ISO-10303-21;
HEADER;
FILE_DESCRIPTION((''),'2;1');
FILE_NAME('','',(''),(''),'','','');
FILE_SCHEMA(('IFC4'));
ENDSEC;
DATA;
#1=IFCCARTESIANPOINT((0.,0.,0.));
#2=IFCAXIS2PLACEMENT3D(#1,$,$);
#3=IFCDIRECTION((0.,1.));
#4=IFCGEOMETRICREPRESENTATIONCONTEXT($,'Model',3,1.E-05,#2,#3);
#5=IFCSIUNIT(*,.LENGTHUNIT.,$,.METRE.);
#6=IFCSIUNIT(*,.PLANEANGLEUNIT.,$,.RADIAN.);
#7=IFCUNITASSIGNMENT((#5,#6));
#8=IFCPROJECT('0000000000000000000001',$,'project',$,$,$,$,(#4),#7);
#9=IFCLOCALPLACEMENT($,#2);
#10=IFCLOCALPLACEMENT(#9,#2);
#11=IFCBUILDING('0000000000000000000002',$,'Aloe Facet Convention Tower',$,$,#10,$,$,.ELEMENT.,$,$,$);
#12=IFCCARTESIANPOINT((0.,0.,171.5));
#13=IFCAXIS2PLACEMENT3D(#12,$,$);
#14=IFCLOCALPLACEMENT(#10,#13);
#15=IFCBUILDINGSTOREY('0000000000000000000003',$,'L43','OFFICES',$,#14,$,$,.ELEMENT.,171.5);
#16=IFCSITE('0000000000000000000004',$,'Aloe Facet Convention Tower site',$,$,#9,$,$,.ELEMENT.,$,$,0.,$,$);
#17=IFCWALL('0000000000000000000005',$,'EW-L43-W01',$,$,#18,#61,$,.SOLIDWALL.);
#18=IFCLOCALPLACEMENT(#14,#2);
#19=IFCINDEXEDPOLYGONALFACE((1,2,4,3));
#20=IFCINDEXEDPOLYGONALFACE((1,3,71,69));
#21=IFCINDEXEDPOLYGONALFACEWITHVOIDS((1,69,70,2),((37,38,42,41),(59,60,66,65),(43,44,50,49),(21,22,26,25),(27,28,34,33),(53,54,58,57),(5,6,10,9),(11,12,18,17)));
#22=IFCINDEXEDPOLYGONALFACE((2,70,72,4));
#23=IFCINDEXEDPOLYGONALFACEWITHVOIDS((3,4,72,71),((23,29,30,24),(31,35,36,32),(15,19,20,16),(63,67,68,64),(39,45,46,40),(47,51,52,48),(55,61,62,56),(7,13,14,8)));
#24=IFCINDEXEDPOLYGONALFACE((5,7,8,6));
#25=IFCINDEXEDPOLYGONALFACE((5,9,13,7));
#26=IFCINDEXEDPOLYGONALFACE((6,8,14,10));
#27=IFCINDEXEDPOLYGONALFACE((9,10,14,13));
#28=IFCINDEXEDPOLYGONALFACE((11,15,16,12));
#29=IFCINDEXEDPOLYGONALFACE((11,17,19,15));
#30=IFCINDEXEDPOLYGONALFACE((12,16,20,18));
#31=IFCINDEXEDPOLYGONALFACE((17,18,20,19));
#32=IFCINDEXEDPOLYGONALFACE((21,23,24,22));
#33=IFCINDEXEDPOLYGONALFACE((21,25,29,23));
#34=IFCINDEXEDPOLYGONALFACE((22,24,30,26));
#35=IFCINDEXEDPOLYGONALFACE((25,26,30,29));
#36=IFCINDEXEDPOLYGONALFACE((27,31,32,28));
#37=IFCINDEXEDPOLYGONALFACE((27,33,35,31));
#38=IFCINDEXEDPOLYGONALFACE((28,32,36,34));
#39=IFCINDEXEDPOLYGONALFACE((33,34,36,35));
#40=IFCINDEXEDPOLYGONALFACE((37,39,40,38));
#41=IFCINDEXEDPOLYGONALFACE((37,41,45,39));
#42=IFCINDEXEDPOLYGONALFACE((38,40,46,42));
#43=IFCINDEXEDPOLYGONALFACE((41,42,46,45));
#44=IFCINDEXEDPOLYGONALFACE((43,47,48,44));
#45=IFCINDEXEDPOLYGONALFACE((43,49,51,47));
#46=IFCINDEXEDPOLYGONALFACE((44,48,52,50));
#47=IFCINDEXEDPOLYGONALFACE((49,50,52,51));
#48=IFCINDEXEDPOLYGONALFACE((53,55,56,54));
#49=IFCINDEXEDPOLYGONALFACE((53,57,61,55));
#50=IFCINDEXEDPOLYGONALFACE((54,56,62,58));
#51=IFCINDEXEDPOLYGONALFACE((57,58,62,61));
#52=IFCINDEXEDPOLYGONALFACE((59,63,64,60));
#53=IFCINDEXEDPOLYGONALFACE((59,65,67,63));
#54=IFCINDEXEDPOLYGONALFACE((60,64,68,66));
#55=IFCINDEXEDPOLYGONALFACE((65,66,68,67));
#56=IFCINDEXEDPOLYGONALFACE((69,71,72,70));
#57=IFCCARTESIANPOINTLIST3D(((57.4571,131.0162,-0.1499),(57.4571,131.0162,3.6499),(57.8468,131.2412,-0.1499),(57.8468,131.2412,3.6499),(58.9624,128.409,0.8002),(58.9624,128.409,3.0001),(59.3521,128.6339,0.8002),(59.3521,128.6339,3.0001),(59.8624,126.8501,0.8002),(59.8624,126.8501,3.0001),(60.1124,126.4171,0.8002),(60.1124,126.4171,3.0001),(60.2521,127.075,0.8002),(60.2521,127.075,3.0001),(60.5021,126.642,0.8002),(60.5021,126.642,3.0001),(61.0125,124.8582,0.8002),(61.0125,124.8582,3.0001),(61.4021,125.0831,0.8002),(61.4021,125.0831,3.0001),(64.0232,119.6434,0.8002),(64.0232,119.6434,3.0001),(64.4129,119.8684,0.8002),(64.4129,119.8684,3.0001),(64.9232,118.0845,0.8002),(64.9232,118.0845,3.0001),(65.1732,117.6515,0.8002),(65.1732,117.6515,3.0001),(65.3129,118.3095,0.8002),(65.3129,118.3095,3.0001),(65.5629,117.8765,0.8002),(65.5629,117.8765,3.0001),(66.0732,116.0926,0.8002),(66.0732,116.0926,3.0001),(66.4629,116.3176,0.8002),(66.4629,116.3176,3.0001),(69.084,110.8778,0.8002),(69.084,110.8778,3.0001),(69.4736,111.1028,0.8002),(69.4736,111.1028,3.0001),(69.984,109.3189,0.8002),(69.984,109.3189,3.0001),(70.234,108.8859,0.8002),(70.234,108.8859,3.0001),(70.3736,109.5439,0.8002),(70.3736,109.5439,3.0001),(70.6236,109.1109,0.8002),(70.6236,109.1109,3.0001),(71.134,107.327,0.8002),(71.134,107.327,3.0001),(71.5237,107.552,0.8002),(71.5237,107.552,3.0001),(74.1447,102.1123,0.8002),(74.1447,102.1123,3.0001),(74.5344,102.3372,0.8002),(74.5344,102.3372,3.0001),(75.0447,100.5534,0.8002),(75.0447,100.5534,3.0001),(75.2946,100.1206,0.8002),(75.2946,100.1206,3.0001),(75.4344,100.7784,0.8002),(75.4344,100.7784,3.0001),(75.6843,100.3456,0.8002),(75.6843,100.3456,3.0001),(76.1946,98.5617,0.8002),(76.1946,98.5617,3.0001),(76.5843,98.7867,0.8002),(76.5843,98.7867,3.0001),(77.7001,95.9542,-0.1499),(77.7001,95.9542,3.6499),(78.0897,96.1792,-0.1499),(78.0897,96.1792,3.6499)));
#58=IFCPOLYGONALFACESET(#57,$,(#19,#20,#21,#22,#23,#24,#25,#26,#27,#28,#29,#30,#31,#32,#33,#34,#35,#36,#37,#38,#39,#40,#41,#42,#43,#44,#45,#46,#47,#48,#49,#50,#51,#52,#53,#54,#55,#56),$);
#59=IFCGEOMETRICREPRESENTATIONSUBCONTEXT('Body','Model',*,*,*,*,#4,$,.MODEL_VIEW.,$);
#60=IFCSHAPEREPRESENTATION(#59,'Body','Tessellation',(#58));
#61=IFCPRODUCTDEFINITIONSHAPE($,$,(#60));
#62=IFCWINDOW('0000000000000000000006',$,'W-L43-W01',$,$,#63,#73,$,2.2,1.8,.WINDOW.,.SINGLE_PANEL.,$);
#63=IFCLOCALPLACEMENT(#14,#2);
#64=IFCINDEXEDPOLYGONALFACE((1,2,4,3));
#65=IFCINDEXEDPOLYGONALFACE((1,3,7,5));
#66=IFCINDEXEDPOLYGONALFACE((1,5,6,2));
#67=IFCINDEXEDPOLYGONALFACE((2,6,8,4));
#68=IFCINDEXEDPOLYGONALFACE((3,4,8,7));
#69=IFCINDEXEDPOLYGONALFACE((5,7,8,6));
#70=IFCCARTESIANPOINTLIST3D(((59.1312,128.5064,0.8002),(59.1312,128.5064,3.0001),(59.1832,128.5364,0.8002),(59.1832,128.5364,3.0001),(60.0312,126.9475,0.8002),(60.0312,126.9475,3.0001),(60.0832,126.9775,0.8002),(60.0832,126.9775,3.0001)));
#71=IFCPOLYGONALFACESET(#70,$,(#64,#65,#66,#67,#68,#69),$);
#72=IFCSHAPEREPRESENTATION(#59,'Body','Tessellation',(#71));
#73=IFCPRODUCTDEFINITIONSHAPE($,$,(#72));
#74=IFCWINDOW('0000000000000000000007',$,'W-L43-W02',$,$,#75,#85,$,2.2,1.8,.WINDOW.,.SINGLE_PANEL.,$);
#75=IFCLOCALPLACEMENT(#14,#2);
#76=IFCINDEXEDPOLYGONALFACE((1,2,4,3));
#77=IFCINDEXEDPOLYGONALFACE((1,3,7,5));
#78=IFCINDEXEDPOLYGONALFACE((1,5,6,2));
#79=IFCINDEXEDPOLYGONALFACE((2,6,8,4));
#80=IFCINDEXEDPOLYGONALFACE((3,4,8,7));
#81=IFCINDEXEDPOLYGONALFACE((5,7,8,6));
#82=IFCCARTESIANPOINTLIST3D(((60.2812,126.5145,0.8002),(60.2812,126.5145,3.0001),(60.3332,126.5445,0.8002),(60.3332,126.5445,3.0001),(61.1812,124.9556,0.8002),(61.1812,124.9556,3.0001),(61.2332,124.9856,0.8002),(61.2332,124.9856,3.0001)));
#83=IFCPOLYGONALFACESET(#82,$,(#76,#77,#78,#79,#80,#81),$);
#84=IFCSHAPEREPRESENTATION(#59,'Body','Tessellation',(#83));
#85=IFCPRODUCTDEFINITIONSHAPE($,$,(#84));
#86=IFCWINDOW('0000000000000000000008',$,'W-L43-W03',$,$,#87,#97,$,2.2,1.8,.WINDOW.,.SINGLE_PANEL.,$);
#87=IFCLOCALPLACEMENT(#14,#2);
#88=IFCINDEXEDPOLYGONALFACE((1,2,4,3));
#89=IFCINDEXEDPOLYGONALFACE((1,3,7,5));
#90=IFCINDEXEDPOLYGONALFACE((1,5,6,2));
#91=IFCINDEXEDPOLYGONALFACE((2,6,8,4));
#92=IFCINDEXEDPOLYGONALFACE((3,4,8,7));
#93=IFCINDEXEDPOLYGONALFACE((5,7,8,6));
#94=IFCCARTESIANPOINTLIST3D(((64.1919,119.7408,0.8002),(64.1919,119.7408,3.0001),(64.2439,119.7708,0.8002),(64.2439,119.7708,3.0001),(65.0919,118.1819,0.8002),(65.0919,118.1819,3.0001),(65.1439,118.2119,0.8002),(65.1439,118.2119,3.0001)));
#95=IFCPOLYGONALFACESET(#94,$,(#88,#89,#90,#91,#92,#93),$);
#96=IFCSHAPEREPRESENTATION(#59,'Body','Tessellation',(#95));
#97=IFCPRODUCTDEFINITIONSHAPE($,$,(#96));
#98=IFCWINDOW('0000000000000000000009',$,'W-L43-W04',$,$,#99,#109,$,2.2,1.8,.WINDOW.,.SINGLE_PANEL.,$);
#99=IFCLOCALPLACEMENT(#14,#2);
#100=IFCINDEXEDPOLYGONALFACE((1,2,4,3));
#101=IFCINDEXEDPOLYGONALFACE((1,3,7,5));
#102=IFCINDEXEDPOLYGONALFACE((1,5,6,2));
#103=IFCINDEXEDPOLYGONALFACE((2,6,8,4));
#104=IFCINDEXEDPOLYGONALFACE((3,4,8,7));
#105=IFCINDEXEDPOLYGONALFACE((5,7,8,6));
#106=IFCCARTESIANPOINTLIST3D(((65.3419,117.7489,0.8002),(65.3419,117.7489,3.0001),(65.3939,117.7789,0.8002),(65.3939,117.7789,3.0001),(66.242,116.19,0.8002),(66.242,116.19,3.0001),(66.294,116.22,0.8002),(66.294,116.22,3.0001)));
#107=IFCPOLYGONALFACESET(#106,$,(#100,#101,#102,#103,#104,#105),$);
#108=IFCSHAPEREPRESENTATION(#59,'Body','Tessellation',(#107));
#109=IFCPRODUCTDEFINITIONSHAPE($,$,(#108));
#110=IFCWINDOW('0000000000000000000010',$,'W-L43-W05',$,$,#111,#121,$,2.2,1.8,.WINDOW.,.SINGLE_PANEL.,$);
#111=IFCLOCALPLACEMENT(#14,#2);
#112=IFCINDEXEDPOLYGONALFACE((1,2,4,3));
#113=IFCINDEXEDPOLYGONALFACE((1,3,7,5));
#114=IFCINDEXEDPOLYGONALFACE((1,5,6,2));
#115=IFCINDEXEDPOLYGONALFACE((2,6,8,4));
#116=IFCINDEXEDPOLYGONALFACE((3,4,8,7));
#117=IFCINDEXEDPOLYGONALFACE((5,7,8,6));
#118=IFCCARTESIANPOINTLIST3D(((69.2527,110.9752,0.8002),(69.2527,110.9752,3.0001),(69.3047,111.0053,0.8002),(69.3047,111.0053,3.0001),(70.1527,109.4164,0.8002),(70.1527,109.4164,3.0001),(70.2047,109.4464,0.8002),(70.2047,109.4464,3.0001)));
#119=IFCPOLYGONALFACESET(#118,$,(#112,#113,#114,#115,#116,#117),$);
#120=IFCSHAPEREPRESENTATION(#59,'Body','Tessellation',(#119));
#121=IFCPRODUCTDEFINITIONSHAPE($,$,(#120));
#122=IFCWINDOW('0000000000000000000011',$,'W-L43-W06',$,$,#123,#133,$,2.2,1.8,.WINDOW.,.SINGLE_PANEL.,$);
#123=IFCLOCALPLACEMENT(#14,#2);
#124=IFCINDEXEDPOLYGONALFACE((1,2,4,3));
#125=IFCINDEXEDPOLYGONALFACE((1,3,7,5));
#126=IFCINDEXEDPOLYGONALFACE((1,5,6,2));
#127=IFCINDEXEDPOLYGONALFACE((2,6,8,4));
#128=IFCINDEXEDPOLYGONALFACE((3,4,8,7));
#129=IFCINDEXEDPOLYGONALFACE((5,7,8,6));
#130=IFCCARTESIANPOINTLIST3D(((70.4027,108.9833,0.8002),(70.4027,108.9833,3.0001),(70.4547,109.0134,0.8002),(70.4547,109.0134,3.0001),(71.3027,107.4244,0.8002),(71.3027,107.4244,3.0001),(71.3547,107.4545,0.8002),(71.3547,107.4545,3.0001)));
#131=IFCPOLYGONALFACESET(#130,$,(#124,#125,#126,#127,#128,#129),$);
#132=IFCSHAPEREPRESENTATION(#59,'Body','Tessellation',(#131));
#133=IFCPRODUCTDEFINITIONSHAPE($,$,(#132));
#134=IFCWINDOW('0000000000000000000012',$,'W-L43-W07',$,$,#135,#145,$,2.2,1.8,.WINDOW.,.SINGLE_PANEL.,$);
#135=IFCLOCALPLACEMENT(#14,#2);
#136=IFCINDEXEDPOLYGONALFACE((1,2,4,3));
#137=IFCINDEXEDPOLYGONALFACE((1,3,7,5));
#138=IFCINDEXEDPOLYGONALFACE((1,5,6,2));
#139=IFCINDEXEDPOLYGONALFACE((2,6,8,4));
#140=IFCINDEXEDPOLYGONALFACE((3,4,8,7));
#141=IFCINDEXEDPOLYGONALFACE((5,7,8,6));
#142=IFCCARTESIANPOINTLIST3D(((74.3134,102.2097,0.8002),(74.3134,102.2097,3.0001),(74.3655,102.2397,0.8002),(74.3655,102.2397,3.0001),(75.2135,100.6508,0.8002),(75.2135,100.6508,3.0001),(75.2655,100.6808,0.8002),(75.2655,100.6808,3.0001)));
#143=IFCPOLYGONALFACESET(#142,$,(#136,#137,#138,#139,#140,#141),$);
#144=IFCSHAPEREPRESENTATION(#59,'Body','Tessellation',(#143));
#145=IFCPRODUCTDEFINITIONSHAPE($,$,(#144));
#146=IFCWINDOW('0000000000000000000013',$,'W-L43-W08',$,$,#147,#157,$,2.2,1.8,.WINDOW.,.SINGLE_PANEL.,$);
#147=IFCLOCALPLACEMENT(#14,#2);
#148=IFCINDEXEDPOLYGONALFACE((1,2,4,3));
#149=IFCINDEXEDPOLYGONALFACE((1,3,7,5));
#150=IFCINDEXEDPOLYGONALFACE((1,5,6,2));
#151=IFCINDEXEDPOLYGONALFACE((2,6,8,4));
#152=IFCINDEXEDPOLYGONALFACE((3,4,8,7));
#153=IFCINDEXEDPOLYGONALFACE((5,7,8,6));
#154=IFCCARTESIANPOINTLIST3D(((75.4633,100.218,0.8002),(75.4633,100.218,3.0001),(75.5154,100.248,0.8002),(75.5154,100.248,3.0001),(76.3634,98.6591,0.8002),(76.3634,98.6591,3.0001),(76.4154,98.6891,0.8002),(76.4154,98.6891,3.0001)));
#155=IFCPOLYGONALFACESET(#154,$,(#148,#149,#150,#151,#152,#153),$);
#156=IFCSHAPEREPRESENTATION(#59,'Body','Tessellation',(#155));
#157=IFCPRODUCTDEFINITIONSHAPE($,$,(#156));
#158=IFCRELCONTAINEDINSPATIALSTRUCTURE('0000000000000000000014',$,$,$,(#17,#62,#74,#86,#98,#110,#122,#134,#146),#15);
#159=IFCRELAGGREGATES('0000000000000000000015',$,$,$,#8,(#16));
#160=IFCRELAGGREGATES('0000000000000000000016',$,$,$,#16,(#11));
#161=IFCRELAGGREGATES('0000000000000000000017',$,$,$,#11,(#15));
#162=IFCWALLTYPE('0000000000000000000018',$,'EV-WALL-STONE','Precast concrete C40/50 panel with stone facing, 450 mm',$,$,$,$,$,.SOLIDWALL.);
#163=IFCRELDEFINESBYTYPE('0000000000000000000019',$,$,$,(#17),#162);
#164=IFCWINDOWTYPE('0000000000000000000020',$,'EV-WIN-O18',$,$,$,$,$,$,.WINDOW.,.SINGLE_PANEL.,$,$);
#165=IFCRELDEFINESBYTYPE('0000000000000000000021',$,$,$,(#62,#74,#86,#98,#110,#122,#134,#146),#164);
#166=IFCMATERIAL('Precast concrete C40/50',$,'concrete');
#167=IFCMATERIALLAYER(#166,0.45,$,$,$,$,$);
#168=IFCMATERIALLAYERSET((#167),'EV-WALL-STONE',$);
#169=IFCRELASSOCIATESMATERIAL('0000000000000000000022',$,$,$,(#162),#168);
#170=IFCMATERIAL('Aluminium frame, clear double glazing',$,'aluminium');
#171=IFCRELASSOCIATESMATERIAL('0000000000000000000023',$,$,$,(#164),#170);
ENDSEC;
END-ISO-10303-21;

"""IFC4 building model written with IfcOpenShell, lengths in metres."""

from ifc_helpers import new_model, si_unit, direction, frame, frame_2d, origin, place, context, subcontext, project, spatial, polyline, rectangle, outline, extrude, material, layer, layer_set, type_object, element, fill, save


model = new_model("IFC4")

# Units and contexts
model_context = context("Model", 3, precision=1e-05, world=origin(), true_north=direction((0.0, 1.0)))
body_context = subcontext(model_context, "Body", "Model", "MODEL_VIEW")
ifc_project = project(units=[si_unit("LENGTHUNIT", "METRE"), si_unit("PLANEANGLEUNIT", "RADIAN")], contexts=[model_context])

# Site, building, storey
site_placement = place(None, origin())
site = spatial("IfcSite", under=ifc_project, at=site_placement, Name="Aloe Facet Convention Tower site", CompositionType="ELEMENT", RefElevation=0.0)
building_placement = place(site_placement, origin())
building = spatial("IfcBuilding", under=site, at=building_placement, Name="Aloe Facet Convention Tower", CompositionType="ELEMENT")
storey_placement = place(building_placement, frame((0.0, 0.0, 171.5)))
storey = spatial("IfcBuildingStorey", under=building, at=storey_placement, Name="L43", Description="OFFICES", CompositionType="ELEMENT", Elevation=171.5)

# Wall, openings, windows
ifc_material_1 = material(Name="Precast concrete C40/50", Category="concrete")
ifc_layer_1 = layer(ifc_material_1, 0.45)
ifc_layer_set_1 = layer_set([ifc_layer_1], Name="EV-WALL-STONE")
wall_type_1 = type_object("IfcWallType", Name="EV-WALL-STONE", Description="Precast concrete C40/50 panel with stone facing, 450 mm", PredefinedType="SOLIDWALL", material=ifc_layer_set_1)
wall_1_placement = place(storey_placement, frame((57.6519, 131.1287, -0.1499), z_axis=(0.0, 0.0, 1.0), x_axis=(0.499997, -0.866027, 0.0)))
wall_1 = element("IfcWall", 1, at=wall_1_placement, inside=storey, type_object=wall_type_1, Name="EW-L43-W01", PredefinedType="SOLIDWALL", context=body_context, shape_type="SweptSolid", body=[
    extrude(outline(polyline([(40.4861, 0.0), (40.4861, 3.7998), (0.0, 3.7998), (0.0, 0.0), (40.4861, 0.0)])), frame((0.0, 0.2251, 0.0), z_axis=(0.0, -1.0, 0.0), x_axis=(1.0, 0.0, 0.0)), (0.0, 0.0, 1.0), 0.45),
])
opening_1_placement = place(wall_1_placement, frame((3.0107, 0.0, 0.95)))
opening_1 = element("IfcOpeningElement", 2, at=opening_1_placement, cuts=wall_1, PredefinedType="OPENING", context=body_context, shape_type="SweptSolid", body=[
    extrude(rectangle(XDim=1.8, YDim=2.2, at=frame_2d((0.8999, 1.1001))), frame((0.0, 0.2349, 0.0), z_axis=(0.0, -1.0, 0.0), x_axis=(1.0, 0.0, 0.0)), (0.0, 0.0, 1.0), 0.47),
])
opening_2_placement = place(wall_1_placement, frame((5.3108, 0.0, 0.95)))
opening_2 = element("IfcOpeningElement", 3, at=opening_2_placement, cuts=wall_1, PredefinedType="OPENING", context=body_context, shape_type="SweptSolid", body=[
    extrude(rectangle(XDim=1.8, YDim=2.2, at=frame_2d((0.8999, 1.1001))), frame((0.0, 0.2349, 0.0), z_axis=(0.0, -1.0, 0.0), x_axis=(1.0, 0.0, 0.0)), (0.0, 0.0, 1.0), 0.47),
])
opening_3_placement = place(wall_1_placement, frame((13.1323, 0.0, 0.95)))
opening_3 = element("IfcOpeningElement", 4, at=opening_3_placement, cuts=wall_1, PredefinedType="OPENING", context=body_context, shape_type="SweptSolid", body=[
    extrude(rectangle(XDim=1.8, YDim=2.2, at=frame_2d((0.8999, 1.1001))), frame((0.0, 0.2349, 0.0), z_axis=(0.0, -1.0, 0.0), x_axis=(1.0, 0.0, 0.0)), (0.0, 0.0, 1.0), 0.47),
])
opening_4_placement = place(wall_1_placement, frame((15.4324, 0.0, 0.95)))
opening_4 = element("IfcOpeningElement", 5, at=opening_4_placement, cuts=wall_1, PredefinedType="OPENING", context=body_context, shape_type="SweptSolid", body=[
    extrude(rectangle(XDim=1.8, YDim=2.2, at=frame_2d((0.8999, 1.1001))), frame((0.0, 0.2349, 0.0), z_axis=(0.0, -1.0, 0.0), x_axis=(1.0, 0.0, 0.0)), (0.0, 0.0, 1.0), 0.47),
])
opening_5_placement = place(wall_1_placement, frame((23.2539, 0.0, 0.95)))
opening_5 = element("IfcOpeningElement", 6, at=opening_5_placement, cuts=wall_1, PredefinedType="OPENING", context=body_context, shape_type="SweptSolid", body=[
    extrude(rectangle(XDim=1.8, YDim=2.2, at=frame_2d((0.8999, 1.1001))), frame((0.0, 0.2349, 0.0), z_axis=(0.0, -1.0, 0.0), x_axis=(1.0, 0.0, 0.0)), (0.0, 0.0, 1.0), 0.47),
])
opening_6_placement = place(wall_1_placement, frame((25.554, 0.0, 0.95)))
opening_6 = element("IfcOpeningElement", 7, at=opening_6_placement, cuts=wall_1, PredefinedType="OPENING", context=body_context, shape_type="SweptSolid", body=[
    extrude(rectangle(XDim=1.8, YDim=2.2, at=frame_2d((0.8999, 1.1001))), frame((0.0, 0.2349, 0.0), z_axis=(0.0, -1.0, 0.0), x_axis=(1.0, 0.0, 0.0)), (0.0, 0.0, 1.0), 0.47),
])
opening_7_placement = place(wall_1_placement, frame((33.3755, 0.0, 0.95)))
opening_7 = element("IfcOpeningElement", 8, at=opening_7_placement, cuts=wall_1, PredefinedType="OPENING", context=body_context, shape_type="SweptSolid", body=[
    extrude(rectangle(XDim=1.8, YDim=2.2, at=frame_2d((0.8999, 1.1001))), frame((0.0, 0.2349, 0.0), z_axis=(0.0, -1.0, 0.0), x_axis=(1.0, 0.0, 0.0)), (0.0, 0.0, 1.0), 0.47),
])
opening_8_placement = place(wall_1_placement, frame((35.6753, 0.0, 0.95)))
opening_8 = element("IfcOpeningElement", 9, at=opening_8_placement, cuts=wall_1, PredefinedType="OPENING", context=body_context, shape_type="SweptSolid", body=[
    extrude(rectangle(XDim=1.8, YDim=2.2, at=frame_2d((0.8999, 1.1001))), frame((0.0, 0.2349, 0.0), z_axis=(0.0, -1.0, 0.0), x_axis=(1.0, 0.0, 0.0)), (0.0, 0.0, 1.0), 0.47),
])
ifc_material_2 = material(Name="Aluminium frame, clear double glazing", Category="aluminium")
window_type = type_object("IfcWindowType", Name="EV-WIN-O18", PartitioningType="SINGLE_PANEL", PredefinedType="WINDOW", material=ifc_material_2)
window_1_placement = place(opening_1_placement, origin())
window_1 = element("IfcWindow", 10, at=window_1_placement, inside=storey, type_object=window_type, Name="W-L43-W01", OverallHeight=2.2, OverallWidth=1.8, PartitioningType="SINGLE_PANEL", PredefinedType="WINDOW", context=body_context, shape_type="SweptSolid", body=[
    extrude(rectangle(XDim=1.8, YDim=2.2, at=frame_2d((0.8999, 1.1001))), frame((0.0, 0.03, 0.0), z_axis=(0.0, -1.0, 0.0), x_axis=(1.0, 0.0, 0.0)), (0.0, 0.0, 1.0), 0.0601),
])
fill(opening_1, window_1)
window_2_placement = place(opening_2_placement, origin())
window_2 = element("IfcWindow", 11, at=window_2_placement, inside=storey, type_object=window_type, Name="W-L43-W02", OverallHeight=2.2, OverallWidth=1.8, PartitioningType="SINGLE_PANEL", PredefinedType="WINDOW", context=body_context, shape_type="SweptSolid", body=[
    extrude(rectangle(XDim=1.8, YDim=2.2, at=frame_2d((0.8999, 1.1001))), frame((0.0, 0.03, 0.0), z_axis=(0.0, -1.0, 0.0), x_axis=(1.0, 0.0, 0.0)), (0.0, 0.0, 1.0), 0.0601),
])
fill(opening_2, window_2)
window_3_placement = place(opening_3_placement, origin())
window_3 = element("IfcWindow", 12, at=window_3_placement, inside=storey, type_object=window_type, Name="W-L43-W03", OverallHeight=2.2, OverallWidth=1.8, PartitioningType="SINGLE_PANEL", PredefinedType="WINDOW", context=body_context, shape_type="SweptSolid", body=[
    extrude(rectangle(XDim=1.8, YDim=2.2, at=frame_2d((0.8999, 1.1001))), frame((0.0, 0.03, 0.0), z_axis=(0.0, -1.0, 0.0), x_axis=(1.0, 0.0, 0.0)), (0.0, 0.0, 1.0), 0.0601),
])
fill(opening_3, window_3)
window_4_placement = place(opening_4_placement, origin())
window_4 = element("IfcWindow", 13, at=window_4_placement, inside=storey, type_object=window_type, Name="W-L43-W04", OverallHeight=2.2, OverallWidth=1.8, PartitioningType="SINGLE_PANEL", PredefinedType="WINDOW", context=body_context, shape_type="SweptSolid", body=[
    extrude(rectangle(XDim=1.8, YDim=2.2, at=frame_2d((0.8999, 1.1001))), frame((0.0, 0.03, 0.0), z_axis=(0.0, -1.0, 0.0), x_axis=(1.0, 0.0, 0.0)), (0.0, 0.0, 1.0), 0.0601),
])
fill(opening_4, window_4)
window_5_placement = place(opening_5_placement, origin())
window_5 = element("IfcWindow", 14, at=window_5_placement, inside=storey, type_object=window_type, Name="W-L43-W05", OverallHeight=2.2, OverallWidth=1.8, PartitioningType="SINGLE_PANEL", PredefinedType="WINDOW", context=body_context, shape_type="SweptSolid", body=[
    extrude(rectangle(XDim=1.8, YDim=2.2, at=frame_2d((0.8999, 1.1001))), frame((0.0, 0.03, 0.0), z_axis=(0.0, -1.0, 0.0), x_axis=(1.0, 0.0, 0.0)), (0.0, 0.0, 1.0), 0.0601),
])
fill(opening_5, window_5)
window_6_placement = place(opening_6_placement, origin())
window_6 = element("IfcWindow", 15, at=window_6_placement, inside=storey, type_object=window_type, Name="W-L43-W06", OverallHeight=2.2, OverallWidth=1.8, PartitioningType="SINGLE_PANEL", PredefinedType="WINDOW", context=body_context, shape_type="SweptSolid", body=[
    extrude(rectangle(XDim=1.8, YDim=2.2, at=frame_2d((0.8999, 1.1001))), frame((0.0, 0.03, 0.0), z_axis=(0.0, -1.0, 0.0), x_axis=(1.0, 0.0, 0.0)), (0.0, 0.0, 1.0), 0.0601),
])
fill(opening_6, window_6)
window_7_placement = place(opening_7_placement, origin())
window_7 = element("IfcWindow", 16, at=window_7_placement, inside=storey, type_object=window_type, Name="W-L43-W07", OverallHeight=2.2, OverallWidth=1.8, PartitioningType="SINGLE_PANEL", PredefinedType="WINDOW", context=body_context, shape_type="SweptSolid", body=[
    extrude(rectangle(XDim=1.8, YDim=2.2, at=frame_2d((0.8999, 1.1001))), frame((0.0, 0.03, 0.0), z_axis=(0.0, -1.0, 0.0), x_axis=(1.0, 0.0, 0.0)), (0.0, 0.0, 1.0), 0.0601),
])
fill(opening_7, window_7)
window_8_placement = place(opening_8_placement, origin())
window_8 = element("IfcWindow", 17, at=window_8_placement, inside=storey, type_object=window_type, Name="W-L43-W08", OverallHeight=2.2, OverallWidth=1.8, PartitioningType="SINGLE_PANEL", PredefinedType="WINDOW", context=body_context, shape_type="SweptSolid", body=[
    extrude(rectangle(XDim=1.8, YDim=2.2, at=frame_2d((0.8999, 1.1001))), frame((0.0, 0.03, 0.0), z_axis=(0.0, -1.0, 0.0), x_axis=(1.0, 0.0, 0.0)), (0.0, 0.0, 1.0), 0.0601),
])
fill(opening_8, window_8)

save(model, "model.ifc")
